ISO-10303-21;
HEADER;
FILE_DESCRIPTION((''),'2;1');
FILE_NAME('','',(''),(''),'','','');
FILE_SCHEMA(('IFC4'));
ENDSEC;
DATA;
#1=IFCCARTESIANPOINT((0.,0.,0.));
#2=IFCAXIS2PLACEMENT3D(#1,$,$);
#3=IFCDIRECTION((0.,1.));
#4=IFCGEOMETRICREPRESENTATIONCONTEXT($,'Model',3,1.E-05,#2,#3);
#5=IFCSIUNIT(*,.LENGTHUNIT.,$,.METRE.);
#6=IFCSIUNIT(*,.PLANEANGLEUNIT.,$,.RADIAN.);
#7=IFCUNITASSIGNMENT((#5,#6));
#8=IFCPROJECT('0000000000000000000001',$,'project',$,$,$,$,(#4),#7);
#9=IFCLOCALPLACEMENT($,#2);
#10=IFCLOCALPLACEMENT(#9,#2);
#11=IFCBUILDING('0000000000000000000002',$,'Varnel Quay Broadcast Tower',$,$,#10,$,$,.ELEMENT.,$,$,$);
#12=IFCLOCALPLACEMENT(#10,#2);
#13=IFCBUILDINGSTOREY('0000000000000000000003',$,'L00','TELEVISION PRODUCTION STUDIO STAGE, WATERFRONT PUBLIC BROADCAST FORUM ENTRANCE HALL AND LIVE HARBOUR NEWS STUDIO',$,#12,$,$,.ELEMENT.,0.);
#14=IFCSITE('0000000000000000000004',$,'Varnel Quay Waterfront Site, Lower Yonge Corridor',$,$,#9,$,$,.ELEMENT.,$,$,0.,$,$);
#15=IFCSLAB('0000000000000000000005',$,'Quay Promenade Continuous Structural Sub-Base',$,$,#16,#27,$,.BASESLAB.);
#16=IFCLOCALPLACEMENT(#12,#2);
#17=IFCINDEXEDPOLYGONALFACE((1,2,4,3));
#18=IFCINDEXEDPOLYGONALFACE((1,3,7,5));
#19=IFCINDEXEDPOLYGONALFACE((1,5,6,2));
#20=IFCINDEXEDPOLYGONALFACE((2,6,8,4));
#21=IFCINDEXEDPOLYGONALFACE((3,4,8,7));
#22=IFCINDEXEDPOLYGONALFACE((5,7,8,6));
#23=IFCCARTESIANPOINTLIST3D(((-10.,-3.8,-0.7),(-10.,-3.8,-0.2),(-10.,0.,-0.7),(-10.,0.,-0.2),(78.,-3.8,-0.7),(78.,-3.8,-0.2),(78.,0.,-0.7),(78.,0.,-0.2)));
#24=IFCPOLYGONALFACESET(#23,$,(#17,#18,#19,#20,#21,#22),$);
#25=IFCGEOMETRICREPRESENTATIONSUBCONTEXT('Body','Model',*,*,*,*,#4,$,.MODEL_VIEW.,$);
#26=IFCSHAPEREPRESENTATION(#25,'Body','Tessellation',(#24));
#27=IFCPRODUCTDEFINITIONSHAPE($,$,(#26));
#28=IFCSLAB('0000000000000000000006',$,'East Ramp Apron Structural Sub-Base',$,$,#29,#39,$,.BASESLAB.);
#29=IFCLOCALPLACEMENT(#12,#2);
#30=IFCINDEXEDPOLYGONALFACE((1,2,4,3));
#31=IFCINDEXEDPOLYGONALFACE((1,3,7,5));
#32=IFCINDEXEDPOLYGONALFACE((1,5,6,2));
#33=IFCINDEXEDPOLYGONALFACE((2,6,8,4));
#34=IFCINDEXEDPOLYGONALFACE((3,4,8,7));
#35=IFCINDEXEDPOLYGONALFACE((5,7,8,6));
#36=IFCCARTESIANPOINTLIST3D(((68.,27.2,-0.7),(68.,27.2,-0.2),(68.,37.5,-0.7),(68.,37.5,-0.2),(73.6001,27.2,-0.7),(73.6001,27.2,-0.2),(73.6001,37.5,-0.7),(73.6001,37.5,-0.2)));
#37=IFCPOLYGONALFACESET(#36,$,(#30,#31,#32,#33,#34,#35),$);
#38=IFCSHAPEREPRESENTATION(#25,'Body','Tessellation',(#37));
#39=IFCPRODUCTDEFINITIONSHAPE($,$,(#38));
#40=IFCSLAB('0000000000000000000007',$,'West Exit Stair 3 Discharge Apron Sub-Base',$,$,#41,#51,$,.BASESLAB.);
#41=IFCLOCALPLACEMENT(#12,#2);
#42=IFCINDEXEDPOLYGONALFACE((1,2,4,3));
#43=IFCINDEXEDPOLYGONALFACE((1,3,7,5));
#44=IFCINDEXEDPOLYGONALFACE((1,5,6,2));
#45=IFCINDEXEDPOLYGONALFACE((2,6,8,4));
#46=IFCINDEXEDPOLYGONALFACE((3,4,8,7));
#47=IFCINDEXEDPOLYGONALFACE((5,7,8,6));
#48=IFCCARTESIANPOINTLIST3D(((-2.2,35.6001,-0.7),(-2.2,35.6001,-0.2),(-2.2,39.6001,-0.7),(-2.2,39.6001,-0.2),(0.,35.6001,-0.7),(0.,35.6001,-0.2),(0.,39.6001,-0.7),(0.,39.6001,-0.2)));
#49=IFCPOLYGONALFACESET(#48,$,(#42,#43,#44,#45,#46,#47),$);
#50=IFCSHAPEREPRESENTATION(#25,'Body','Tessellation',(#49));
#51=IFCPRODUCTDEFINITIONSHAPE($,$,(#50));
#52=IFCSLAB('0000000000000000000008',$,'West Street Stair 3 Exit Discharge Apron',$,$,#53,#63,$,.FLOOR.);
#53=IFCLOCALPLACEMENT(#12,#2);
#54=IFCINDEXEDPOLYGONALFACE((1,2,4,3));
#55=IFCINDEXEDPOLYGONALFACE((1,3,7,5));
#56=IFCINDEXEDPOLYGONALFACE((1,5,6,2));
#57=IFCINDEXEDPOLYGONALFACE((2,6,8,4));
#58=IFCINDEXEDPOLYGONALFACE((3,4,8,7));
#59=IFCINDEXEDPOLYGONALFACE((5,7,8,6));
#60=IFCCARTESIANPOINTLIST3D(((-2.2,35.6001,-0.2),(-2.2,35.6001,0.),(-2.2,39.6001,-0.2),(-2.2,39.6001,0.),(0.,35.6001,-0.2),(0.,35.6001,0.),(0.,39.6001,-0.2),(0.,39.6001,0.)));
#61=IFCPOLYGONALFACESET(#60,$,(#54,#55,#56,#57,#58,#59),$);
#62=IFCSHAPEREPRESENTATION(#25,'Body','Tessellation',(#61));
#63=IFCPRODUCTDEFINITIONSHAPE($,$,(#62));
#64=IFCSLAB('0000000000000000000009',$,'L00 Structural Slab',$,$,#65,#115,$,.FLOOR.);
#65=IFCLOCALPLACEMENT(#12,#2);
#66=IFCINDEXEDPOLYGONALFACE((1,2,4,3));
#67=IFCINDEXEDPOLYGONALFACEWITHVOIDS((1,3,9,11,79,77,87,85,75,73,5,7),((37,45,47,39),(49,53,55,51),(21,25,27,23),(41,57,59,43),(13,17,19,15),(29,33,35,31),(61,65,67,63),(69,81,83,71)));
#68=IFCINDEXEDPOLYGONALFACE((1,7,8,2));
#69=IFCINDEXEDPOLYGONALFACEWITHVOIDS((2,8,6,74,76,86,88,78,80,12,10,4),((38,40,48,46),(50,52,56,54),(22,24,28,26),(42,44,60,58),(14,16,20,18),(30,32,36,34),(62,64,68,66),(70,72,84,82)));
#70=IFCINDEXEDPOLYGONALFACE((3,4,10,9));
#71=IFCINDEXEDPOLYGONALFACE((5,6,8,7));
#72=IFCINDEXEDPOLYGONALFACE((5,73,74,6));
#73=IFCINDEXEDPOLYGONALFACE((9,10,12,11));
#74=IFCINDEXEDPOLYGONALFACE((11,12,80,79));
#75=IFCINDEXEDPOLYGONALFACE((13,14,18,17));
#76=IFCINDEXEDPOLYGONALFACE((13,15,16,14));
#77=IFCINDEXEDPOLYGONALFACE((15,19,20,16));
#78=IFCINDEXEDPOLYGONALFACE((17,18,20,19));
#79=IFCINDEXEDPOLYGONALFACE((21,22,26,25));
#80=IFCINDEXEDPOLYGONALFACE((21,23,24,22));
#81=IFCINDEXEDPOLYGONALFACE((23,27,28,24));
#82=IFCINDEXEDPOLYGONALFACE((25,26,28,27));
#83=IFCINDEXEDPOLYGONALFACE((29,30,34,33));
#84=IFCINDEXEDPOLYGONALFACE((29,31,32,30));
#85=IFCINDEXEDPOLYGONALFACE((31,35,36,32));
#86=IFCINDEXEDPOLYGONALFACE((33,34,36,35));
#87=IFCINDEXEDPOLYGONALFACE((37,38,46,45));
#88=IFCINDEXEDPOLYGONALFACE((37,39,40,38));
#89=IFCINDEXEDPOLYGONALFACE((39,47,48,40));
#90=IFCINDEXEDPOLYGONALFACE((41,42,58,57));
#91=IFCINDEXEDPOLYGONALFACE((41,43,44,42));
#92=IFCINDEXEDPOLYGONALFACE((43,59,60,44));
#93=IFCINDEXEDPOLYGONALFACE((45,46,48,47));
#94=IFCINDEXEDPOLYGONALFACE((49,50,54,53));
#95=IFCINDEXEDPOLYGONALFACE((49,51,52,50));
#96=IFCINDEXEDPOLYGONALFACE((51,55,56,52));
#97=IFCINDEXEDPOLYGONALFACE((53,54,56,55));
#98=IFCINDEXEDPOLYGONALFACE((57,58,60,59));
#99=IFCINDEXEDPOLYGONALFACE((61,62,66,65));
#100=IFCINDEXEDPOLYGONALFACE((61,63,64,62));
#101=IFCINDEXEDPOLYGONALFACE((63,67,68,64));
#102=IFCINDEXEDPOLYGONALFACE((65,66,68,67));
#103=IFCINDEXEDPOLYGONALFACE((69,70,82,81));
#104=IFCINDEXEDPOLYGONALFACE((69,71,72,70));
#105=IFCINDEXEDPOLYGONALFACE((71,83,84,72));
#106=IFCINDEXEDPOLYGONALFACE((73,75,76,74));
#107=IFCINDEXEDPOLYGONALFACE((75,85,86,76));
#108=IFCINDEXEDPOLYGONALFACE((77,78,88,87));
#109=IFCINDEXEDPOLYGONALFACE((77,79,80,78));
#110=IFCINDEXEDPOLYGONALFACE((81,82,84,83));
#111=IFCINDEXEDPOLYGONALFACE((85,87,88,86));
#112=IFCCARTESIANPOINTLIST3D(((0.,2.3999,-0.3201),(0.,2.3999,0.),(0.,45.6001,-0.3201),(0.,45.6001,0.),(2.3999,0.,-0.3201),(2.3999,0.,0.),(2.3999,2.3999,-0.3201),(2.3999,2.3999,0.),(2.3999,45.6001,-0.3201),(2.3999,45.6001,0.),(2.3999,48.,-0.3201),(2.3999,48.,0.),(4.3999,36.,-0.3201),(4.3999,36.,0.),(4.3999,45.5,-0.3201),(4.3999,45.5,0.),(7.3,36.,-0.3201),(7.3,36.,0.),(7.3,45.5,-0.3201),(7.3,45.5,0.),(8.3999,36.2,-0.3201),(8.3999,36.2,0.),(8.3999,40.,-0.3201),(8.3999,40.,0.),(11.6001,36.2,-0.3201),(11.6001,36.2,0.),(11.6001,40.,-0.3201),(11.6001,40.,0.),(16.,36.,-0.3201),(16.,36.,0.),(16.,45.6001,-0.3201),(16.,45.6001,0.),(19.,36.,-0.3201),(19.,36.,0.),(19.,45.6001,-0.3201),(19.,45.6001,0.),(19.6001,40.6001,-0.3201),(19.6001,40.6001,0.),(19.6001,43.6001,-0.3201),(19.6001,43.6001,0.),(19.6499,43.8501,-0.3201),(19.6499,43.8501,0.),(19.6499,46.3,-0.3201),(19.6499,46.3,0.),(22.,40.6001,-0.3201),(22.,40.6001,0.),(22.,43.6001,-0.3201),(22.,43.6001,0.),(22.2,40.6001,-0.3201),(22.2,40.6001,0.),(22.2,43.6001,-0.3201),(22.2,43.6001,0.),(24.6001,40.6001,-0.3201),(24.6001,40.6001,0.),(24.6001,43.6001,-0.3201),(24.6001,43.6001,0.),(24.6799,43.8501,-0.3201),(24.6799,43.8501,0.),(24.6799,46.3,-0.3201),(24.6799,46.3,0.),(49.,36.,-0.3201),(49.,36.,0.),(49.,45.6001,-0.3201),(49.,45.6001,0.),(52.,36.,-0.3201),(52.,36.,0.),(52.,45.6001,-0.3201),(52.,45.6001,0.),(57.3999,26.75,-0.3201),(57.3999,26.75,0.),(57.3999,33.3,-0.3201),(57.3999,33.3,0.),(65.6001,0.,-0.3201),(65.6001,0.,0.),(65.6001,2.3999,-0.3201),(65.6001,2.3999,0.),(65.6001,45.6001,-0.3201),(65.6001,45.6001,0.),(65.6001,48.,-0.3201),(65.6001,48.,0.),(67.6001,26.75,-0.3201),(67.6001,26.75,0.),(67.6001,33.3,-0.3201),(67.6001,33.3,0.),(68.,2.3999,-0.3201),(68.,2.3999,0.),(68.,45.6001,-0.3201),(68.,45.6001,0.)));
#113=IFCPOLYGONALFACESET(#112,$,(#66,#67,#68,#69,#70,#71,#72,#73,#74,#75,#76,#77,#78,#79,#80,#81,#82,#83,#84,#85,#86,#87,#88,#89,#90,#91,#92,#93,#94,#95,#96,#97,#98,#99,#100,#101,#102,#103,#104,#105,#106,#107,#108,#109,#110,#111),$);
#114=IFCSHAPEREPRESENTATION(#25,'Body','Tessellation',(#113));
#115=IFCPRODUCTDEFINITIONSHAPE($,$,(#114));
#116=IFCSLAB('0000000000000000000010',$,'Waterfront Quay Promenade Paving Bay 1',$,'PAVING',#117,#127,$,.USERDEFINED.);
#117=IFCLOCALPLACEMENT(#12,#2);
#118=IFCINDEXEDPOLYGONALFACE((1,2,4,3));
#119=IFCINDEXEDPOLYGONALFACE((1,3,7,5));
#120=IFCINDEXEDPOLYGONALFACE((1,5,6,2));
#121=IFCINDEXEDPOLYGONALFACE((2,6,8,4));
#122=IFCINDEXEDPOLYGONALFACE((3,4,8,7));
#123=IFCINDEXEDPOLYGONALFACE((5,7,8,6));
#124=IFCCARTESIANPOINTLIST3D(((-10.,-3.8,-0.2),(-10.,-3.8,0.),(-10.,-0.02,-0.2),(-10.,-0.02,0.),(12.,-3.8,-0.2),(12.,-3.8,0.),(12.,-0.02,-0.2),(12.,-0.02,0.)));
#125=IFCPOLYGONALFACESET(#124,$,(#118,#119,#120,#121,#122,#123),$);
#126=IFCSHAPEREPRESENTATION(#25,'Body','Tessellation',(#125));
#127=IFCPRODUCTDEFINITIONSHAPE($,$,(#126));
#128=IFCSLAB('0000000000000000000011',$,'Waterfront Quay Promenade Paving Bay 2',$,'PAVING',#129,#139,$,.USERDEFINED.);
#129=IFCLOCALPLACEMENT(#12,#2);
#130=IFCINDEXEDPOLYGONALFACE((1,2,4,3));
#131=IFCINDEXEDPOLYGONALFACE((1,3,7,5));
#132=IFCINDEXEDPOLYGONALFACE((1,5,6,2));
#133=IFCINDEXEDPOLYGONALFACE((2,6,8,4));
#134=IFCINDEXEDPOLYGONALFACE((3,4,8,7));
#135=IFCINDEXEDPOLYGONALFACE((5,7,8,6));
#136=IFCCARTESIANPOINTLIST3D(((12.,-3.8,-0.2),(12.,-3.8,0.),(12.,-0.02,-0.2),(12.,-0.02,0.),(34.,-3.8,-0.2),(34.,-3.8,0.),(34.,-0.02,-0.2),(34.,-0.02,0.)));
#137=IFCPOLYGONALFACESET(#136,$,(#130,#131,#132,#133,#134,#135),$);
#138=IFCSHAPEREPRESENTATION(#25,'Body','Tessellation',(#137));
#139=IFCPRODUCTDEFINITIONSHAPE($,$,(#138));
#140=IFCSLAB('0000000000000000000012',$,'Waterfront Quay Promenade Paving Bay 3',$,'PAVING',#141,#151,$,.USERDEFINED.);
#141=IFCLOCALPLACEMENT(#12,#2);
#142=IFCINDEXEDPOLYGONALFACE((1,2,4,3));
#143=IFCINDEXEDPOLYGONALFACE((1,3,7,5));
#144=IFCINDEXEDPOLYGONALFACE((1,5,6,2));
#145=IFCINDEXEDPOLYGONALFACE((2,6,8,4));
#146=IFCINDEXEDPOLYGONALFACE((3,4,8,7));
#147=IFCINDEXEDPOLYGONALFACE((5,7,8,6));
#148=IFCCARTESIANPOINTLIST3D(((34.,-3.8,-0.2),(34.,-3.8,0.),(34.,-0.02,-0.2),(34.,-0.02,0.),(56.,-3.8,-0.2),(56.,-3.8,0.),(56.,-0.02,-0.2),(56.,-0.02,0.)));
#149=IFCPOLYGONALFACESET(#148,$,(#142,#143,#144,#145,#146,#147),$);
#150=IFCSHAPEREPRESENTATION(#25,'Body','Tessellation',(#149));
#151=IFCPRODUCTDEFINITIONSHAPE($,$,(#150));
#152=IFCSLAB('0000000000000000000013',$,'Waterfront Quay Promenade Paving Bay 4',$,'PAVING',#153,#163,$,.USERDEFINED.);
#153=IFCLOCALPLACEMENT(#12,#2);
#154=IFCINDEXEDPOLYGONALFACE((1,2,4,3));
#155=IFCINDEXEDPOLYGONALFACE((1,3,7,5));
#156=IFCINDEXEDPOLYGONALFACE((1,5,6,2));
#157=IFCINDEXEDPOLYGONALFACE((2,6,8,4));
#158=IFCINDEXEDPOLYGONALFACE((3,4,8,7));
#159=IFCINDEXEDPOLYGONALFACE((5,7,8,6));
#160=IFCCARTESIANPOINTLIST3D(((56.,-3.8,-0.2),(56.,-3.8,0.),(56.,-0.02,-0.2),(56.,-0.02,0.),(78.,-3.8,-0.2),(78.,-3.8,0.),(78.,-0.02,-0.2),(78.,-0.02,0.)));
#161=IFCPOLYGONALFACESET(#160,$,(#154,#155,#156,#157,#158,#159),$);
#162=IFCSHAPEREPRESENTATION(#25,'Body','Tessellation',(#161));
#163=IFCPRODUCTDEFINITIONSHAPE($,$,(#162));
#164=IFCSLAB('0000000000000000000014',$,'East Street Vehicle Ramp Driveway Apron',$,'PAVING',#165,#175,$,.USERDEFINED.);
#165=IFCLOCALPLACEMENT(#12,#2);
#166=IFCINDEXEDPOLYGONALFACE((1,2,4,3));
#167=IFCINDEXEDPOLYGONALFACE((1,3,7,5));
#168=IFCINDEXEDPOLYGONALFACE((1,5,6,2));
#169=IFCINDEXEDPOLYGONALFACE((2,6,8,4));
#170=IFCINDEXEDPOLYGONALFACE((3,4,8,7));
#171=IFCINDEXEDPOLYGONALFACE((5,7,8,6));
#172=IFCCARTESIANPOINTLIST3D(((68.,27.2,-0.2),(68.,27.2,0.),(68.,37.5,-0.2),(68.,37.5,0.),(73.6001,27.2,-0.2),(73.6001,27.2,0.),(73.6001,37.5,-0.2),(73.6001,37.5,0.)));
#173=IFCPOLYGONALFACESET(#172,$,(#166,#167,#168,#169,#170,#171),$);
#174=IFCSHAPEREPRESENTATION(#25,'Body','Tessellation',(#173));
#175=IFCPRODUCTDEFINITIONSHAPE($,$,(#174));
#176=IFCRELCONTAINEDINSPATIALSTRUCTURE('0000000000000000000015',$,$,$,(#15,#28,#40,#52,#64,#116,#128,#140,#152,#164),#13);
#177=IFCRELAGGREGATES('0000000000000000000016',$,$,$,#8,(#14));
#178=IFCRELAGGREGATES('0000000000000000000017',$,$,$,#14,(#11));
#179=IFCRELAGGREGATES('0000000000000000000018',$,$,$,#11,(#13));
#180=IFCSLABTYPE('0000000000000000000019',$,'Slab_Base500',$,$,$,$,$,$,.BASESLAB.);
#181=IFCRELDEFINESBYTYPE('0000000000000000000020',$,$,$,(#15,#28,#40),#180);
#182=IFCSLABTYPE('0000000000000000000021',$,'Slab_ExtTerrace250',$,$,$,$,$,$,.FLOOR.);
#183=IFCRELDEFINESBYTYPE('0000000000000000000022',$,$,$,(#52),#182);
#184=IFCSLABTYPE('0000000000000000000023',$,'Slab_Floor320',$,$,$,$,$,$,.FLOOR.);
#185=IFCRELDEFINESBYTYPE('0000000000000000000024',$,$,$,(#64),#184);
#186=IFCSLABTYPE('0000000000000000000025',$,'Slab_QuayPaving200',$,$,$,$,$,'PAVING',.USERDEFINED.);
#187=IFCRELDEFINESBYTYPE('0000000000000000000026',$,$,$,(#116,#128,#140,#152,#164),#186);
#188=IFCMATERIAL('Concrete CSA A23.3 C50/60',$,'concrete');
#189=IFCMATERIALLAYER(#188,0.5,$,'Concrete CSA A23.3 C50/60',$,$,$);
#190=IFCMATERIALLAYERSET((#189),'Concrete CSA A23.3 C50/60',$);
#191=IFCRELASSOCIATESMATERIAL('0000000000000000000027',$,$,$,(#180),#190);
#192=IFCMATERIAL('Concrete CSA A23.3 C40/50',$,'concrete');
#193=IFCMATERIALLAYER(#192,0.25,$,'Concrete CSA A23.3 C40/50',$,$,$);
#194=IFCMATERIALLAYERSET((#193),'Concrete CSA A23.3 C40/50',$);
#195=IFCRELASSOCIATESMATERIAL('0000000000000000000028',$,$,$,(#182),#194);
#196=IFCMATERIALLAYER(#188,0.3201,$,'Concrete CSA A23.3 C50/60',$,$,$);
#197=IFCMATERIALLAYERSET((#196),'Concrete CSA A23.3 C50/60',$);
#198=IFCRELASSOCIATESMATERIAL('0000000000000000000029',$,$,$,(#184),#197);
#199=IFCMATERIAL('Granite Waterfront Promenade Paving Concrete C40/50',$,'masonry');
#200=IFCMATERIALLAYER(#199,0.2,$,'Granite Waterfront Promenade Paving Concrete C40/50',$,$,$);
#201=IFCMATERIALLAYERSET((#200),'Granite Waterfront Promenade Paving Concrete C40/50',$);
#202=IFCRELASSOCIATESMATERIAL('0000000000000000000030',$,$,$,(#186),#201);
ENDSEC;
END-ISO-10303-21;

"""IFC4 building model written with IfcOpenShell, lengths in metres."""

from ifc_helpers import new_model, si_unit, direction, frame, origin, place, context, subcontext, project, spatial, polyline, outline, extrude, material, layer, layer_set, type_object, element, save


model = new_model("IFC4")

# Units and contexts
model_context = context("Model", 3, precision=1e-05, world=origin(), true_north=direction((0.0, 1.0)))
body_context = subcontext(model_context, "Body", "Model", "MODEL_VIEW")
ifc_project = project(units=[si_unit("LENGTHUNIT", "METRE"), si_unit("PLANEANGLEUNIT", "RADIAN")], contexts=[model_context])

# Site, building, storey
site_placement = place(None, origin())
site = spatial("IfcSite", under=ifc_project, at=site_placement, Name="Varnel Quay Waterfront Site, Lower Yonge Corridor", CompositionType="ELEMENT", RefElevation=0.0)
building_placement = place(site_placement, origin())
building = spatial("IfcBuilding", under=site, at=building_placement, Name="Varnel Quay Broadcast Tower", CompositionType="ELEMENT")
storey_placement = place(building_placement, origin())
storey = spatial("IfcBuildingStorey", under=building, at=storey_placement, Name="L00", Description="TELEVISION PRODUCTION STUDIO STAGE, WATERFRONT PUBLIC BROADCAST FORUM ENTRANCE HALL AND LIVE HARBOUR NEWS STUDIO", CompositionType="ELEMENT", Elevation=0.0)

# Slabs
ifc_material_1 = material(Name="Concrete CSA A23.3 C50/60", Category="concrete")
ifc_layer_1 = layer(ifc_material_1, 0.5, Name="Concrete CSA A23.3 C50/60")
ifc_layer_set_1 = layer_set([ifc_layer_1], Name="Concrete CSA A23.3 C50/60")
slab_type_1 = type_object("IfcSlabType", Name="Slab_Base500", PredefinedType="BASESLAB", material=ifc_layer_set_1)
slab_1_placement = place(storey_placement, frame((0.0, 0.0, -0.7)))
element("IfcSlab", 1, at=slab_1_placement, inside=storey, type_object=slab_type_1, Name="Quay Promenade Continuous Structural Sub-Base", PredefinedType="BASESLAB", context=body_context, shape_type="SweptSolid", body=[
    extrude(outline(polyline([(-10.0, -3.8), (78.0, -3.8), (78.0, 0.0), (-10.0, 0.0), (-10.0, -3.8)])), origin(), (0.0, 0.0, 1.0), 0.5),
])
slab_2_placement = place(storey_placement, frame((0.0, 0.0, -0.7)))
element("IfcSlab", 2, at=slab_2_placement, inside=storey, type_object=slab_type_1, Name="East Ramp Apron Structural Sub-Base", PredefinedType="BASESLAB", context=body_context, shape_type="SweptSolid", body=[
    extrude(outline(polyline([(68.0, 27.2), (73.6001, 27.2), (73.6001, 37.5), (68.0, 37.5), (68.0, 27.2)])), origin(), (0.0, 0.0, 1.0), 0.5),
])
slab_3_placement = place(storey_placement, frame((0.0, 0.0, -0.7)))
element("IfcSlab", 3, at=slab_3_placement, inside=storey, type_object=slab_type_1, Name="West Exit Stair 3 Discharge Apron Sub-Base", PredefinedType="BASESLAB", context=body_context, shape_type="SweptSolid", body=[
    extrude(outline(polyline([(-2.2, 35.6001), (0.0, 35.6001), (0.0, 39.6001), (-2.2, 39.6001), (-2.2, 35.6001)])), origin(), (0.0, 0.0, 1.0), 0.5),
])
ifc_material_2 = material(Name="Concrete CSA A23.3 C40/50", Category="concrete")
ifc_layer_2 = layer(ifc_material_2, 0.25, Name="Concrete CSA A23.3 C40/50")
ifc_layer_set_2 = layer_set([ifc_layer_2], Name="Concrete CSA A23.3 C40/50")
slab_type_2 = type_object("IfcSlabType", Name="Slab_ExtTerrace250", PredefinedType="FLOOR", material=ifc_layer_set_2)
slab_4_placement = place(storey_placement, frame((0.0, 0.0, -0.2)))
element("IfcSlab", 4, at=slab_4_placement, inside=storey, type_object=slab_type_2, Name="West Street Stair 3 Exit Discharge Apron", PredefinedType="FLOOR", context=body_context, shape_type="SweptSolid", body=[
    extrude(outline(polyline([(-2.2, 35.6001), (0.0, 35.6001), (0.0, 39.6001), (-2.2, 39.6001), (-2.2, 35.6001)])), origin(), (0.0, 0.0, 1.0), 0.2),
])
ifc_layer_3 = layer(ifc_material_1, 0.3201, Name="Concrete CSA A23.3 C50/60")
ifc_layer_set_3 = layer_set([ifc_layer_3], Name="Concrete CSA A23.3 C50/60")
slab_type_3 = type_object("IfcSlabType", Name="Slab_Floor320", PredefinedType="FLOOR", material=ifc_layer_set_3)
slab_5_placement = place(storey_placement, frame((0.0, 0.0, -0.3201)))
element("IfcSlab", 5, at=slab_5_placement, inside=storey, type_object=slab_type_3, Name="L00 Structural Slab", PredefinedType="FLOOR", context=body_context, shape_type="SweptSolid", body=[
    extrude(outline(polyline([(2.3999, 0.0), (65.6001, 0.0), (65.6001, 2.3999), (68.0, 2.3999), (68.0, 45.6001), (65.6001, 45.6001), (65.6001, 48.0), (2.3999, 48.0), (2.3999, 45.6001), (0.0, 45.6001), (0.0, 2.3999), (2.3999, 2.3999), (2.3999, 0.0)]), holes=[polyline([(57.3999, 26.75), (57.3999, 33.3), (67.6001, 33.3), (67.6001, 26.75), (57.3999, 26.75)]), polyline([(8.3999, 36.2), (8.3999, 40.0), (11.6001, 40.0), (11.6001, 36.2), (8.3999, 36.2)]), polyline([(7.3, 36.0), (4.3999, 36.0), (4.3999, 45.5), (7.3, 45.5), (7.3, 36.0)]), polyline([(19.0, 36.0), (16.0, 36.0), (16.0, 45.6001), (19.0, 45.6001), (19.0, 36.0)]), polyline([(52.0, 36.0), (49.0, 36.0), (49.0, 45.6001), (52.0, 45.6001), (52.0, 36.0)]), polyline([(19.6001, 40.6001), (19.6001, 43.6001), (22.0, 43.6001), (22.0, 40.6001), (19.6001, 40.6001)]), polyline([(22.2, 40.6001), (22.2, 43.6001), (24.6001, 43.6001), (24.6001, 40.6001), (22.2, 40.6001)]), polyline([(19.6499, 43.8501), (19.6499, 46.3), (24.6799, 46.3), (24.6799, 43.8501), (19.6499, 43.8501)])]), origin(), (0.0, 0.0, 1.0), 0.3201),
])
ifc_material_3 = material(Name="Granite Waterfront Promenade Paving Concrete C40/50", Category="masonry")
ifc_layer_4 = layer(ifc_material_3, 0.2, Name="Granite Waterfront Promenade Paving Concrete C40/50")
ifc_layer_set_4 = layer_set([ifc_layer_4], Name="Granite Waterfront Promenade Paving Concrete C40/50")
slab_type_4 = type_object("IfcSlabType", Name="Slab_QuayPaving200", ElementType="PAVING", PredefinedType="USERDEFINED", material=ifc_layer_set_4)
slab_6_placement = place(storey_placement, frame((0.0, 0.0, -0.2)))
element("IfcSlab", 6, at=slab_6_placement, inside=storey, type_object=slab_type_4, Name="Waterfront Quay Promenade Paving Bay 1", ObjectType="PAVING", PredefinedType="USERDEFINED", context=body_context, shape_type="SweptSolid", body=[
    extrude(outline(polyline([(-10.0, -3.8), (12.0, -3.8), (12.0, -0.02), (-10.0, -0.02), (-10.0, -3.8)])), origin(), (0.0, 0.0, 1.0), 0.2),
])
slab_7_placement = place(storey_placement, frame((0.0, 0.0, -0.2)))
element("IfcSlab", 7, at=slab_7_placement, inside=storey, type_object=slab_type_4, Name="Waterfront Quay Promenade Paving Bay 2", ObjectType="PAVING", PredefinedType="USERDEFINED", context=body_context, shape_type="SweptSolid", body=[
    extrude(outline(polyline([(12.0, -3.8), (34.0, -3.8), (34.0, -0.02), (12.0, -0.02), (12.0, -3.8)])), origin(), (0.0, 0.0, 1.0), 0.2),
])
slab_8_placement = place(storey_placement, frame((0.0, 0.0, -0.2)))
element("IfcSlab", 8, at=slab_8_placement, inside=storey, type_object=slab_type_4, Name="Waterfront Quay Promenade Paving Bay 3", ObjectType="PAVING", PredefinedType="USERDEFINED", context=body_context, shape_type="SweptSolid", body=[
    extrude(outline(polyline([(34.0, -3.8), (56.0, -3.8), (56.0, -0.02), (34.0, -0.02), (34.0, -3.8)])), origin(), (0.0, 0.0, 1.0), 0.2),
])
slab_9_placement = place(storey_placement, frame((0.0, 0.0, -0.2)))
element("IfcSlab", 9, at=slab_9_placement, inside=storey, type_object=slab_type_4, Name="Waterfront Quay Promenade Paving Bay 4", ObjectType="PAVING", PredefinedType="USERDEFINED", context=body_context, shape_type="SweptSolid", body=[
    extrude(outline(polyline([(56.0, -3.8), (78.0, -3.8), (78.0, -0.02), (56.0, -0.02), (56.0, -3.8)])), origin(), (0.0, 0.0, 1.0), 0.2),
])
slab_10_placement = place(storey_placement, frame((0.0, 0.0, -0.2)))
element("IfcSlab", 10, at=slab_10_placement, inside=storey, type_object=slab_type_4, Name="East Street Vehicle Ramp Driveway Apron", ObjectType="PAVING", PredefinedType="USERDEFINED", context=body_context, shape_type="SweptSolid", body=[
    extrude(outline(polyline([(68.0, 27.2), (73.6001, 27.2), (73.6001, 37.5), (68.0, 37.5), (68.0, 27.2)])), origin(), (0.0, 0.0, 1.0), 0.2),
])

save(model, "model.ifc")
